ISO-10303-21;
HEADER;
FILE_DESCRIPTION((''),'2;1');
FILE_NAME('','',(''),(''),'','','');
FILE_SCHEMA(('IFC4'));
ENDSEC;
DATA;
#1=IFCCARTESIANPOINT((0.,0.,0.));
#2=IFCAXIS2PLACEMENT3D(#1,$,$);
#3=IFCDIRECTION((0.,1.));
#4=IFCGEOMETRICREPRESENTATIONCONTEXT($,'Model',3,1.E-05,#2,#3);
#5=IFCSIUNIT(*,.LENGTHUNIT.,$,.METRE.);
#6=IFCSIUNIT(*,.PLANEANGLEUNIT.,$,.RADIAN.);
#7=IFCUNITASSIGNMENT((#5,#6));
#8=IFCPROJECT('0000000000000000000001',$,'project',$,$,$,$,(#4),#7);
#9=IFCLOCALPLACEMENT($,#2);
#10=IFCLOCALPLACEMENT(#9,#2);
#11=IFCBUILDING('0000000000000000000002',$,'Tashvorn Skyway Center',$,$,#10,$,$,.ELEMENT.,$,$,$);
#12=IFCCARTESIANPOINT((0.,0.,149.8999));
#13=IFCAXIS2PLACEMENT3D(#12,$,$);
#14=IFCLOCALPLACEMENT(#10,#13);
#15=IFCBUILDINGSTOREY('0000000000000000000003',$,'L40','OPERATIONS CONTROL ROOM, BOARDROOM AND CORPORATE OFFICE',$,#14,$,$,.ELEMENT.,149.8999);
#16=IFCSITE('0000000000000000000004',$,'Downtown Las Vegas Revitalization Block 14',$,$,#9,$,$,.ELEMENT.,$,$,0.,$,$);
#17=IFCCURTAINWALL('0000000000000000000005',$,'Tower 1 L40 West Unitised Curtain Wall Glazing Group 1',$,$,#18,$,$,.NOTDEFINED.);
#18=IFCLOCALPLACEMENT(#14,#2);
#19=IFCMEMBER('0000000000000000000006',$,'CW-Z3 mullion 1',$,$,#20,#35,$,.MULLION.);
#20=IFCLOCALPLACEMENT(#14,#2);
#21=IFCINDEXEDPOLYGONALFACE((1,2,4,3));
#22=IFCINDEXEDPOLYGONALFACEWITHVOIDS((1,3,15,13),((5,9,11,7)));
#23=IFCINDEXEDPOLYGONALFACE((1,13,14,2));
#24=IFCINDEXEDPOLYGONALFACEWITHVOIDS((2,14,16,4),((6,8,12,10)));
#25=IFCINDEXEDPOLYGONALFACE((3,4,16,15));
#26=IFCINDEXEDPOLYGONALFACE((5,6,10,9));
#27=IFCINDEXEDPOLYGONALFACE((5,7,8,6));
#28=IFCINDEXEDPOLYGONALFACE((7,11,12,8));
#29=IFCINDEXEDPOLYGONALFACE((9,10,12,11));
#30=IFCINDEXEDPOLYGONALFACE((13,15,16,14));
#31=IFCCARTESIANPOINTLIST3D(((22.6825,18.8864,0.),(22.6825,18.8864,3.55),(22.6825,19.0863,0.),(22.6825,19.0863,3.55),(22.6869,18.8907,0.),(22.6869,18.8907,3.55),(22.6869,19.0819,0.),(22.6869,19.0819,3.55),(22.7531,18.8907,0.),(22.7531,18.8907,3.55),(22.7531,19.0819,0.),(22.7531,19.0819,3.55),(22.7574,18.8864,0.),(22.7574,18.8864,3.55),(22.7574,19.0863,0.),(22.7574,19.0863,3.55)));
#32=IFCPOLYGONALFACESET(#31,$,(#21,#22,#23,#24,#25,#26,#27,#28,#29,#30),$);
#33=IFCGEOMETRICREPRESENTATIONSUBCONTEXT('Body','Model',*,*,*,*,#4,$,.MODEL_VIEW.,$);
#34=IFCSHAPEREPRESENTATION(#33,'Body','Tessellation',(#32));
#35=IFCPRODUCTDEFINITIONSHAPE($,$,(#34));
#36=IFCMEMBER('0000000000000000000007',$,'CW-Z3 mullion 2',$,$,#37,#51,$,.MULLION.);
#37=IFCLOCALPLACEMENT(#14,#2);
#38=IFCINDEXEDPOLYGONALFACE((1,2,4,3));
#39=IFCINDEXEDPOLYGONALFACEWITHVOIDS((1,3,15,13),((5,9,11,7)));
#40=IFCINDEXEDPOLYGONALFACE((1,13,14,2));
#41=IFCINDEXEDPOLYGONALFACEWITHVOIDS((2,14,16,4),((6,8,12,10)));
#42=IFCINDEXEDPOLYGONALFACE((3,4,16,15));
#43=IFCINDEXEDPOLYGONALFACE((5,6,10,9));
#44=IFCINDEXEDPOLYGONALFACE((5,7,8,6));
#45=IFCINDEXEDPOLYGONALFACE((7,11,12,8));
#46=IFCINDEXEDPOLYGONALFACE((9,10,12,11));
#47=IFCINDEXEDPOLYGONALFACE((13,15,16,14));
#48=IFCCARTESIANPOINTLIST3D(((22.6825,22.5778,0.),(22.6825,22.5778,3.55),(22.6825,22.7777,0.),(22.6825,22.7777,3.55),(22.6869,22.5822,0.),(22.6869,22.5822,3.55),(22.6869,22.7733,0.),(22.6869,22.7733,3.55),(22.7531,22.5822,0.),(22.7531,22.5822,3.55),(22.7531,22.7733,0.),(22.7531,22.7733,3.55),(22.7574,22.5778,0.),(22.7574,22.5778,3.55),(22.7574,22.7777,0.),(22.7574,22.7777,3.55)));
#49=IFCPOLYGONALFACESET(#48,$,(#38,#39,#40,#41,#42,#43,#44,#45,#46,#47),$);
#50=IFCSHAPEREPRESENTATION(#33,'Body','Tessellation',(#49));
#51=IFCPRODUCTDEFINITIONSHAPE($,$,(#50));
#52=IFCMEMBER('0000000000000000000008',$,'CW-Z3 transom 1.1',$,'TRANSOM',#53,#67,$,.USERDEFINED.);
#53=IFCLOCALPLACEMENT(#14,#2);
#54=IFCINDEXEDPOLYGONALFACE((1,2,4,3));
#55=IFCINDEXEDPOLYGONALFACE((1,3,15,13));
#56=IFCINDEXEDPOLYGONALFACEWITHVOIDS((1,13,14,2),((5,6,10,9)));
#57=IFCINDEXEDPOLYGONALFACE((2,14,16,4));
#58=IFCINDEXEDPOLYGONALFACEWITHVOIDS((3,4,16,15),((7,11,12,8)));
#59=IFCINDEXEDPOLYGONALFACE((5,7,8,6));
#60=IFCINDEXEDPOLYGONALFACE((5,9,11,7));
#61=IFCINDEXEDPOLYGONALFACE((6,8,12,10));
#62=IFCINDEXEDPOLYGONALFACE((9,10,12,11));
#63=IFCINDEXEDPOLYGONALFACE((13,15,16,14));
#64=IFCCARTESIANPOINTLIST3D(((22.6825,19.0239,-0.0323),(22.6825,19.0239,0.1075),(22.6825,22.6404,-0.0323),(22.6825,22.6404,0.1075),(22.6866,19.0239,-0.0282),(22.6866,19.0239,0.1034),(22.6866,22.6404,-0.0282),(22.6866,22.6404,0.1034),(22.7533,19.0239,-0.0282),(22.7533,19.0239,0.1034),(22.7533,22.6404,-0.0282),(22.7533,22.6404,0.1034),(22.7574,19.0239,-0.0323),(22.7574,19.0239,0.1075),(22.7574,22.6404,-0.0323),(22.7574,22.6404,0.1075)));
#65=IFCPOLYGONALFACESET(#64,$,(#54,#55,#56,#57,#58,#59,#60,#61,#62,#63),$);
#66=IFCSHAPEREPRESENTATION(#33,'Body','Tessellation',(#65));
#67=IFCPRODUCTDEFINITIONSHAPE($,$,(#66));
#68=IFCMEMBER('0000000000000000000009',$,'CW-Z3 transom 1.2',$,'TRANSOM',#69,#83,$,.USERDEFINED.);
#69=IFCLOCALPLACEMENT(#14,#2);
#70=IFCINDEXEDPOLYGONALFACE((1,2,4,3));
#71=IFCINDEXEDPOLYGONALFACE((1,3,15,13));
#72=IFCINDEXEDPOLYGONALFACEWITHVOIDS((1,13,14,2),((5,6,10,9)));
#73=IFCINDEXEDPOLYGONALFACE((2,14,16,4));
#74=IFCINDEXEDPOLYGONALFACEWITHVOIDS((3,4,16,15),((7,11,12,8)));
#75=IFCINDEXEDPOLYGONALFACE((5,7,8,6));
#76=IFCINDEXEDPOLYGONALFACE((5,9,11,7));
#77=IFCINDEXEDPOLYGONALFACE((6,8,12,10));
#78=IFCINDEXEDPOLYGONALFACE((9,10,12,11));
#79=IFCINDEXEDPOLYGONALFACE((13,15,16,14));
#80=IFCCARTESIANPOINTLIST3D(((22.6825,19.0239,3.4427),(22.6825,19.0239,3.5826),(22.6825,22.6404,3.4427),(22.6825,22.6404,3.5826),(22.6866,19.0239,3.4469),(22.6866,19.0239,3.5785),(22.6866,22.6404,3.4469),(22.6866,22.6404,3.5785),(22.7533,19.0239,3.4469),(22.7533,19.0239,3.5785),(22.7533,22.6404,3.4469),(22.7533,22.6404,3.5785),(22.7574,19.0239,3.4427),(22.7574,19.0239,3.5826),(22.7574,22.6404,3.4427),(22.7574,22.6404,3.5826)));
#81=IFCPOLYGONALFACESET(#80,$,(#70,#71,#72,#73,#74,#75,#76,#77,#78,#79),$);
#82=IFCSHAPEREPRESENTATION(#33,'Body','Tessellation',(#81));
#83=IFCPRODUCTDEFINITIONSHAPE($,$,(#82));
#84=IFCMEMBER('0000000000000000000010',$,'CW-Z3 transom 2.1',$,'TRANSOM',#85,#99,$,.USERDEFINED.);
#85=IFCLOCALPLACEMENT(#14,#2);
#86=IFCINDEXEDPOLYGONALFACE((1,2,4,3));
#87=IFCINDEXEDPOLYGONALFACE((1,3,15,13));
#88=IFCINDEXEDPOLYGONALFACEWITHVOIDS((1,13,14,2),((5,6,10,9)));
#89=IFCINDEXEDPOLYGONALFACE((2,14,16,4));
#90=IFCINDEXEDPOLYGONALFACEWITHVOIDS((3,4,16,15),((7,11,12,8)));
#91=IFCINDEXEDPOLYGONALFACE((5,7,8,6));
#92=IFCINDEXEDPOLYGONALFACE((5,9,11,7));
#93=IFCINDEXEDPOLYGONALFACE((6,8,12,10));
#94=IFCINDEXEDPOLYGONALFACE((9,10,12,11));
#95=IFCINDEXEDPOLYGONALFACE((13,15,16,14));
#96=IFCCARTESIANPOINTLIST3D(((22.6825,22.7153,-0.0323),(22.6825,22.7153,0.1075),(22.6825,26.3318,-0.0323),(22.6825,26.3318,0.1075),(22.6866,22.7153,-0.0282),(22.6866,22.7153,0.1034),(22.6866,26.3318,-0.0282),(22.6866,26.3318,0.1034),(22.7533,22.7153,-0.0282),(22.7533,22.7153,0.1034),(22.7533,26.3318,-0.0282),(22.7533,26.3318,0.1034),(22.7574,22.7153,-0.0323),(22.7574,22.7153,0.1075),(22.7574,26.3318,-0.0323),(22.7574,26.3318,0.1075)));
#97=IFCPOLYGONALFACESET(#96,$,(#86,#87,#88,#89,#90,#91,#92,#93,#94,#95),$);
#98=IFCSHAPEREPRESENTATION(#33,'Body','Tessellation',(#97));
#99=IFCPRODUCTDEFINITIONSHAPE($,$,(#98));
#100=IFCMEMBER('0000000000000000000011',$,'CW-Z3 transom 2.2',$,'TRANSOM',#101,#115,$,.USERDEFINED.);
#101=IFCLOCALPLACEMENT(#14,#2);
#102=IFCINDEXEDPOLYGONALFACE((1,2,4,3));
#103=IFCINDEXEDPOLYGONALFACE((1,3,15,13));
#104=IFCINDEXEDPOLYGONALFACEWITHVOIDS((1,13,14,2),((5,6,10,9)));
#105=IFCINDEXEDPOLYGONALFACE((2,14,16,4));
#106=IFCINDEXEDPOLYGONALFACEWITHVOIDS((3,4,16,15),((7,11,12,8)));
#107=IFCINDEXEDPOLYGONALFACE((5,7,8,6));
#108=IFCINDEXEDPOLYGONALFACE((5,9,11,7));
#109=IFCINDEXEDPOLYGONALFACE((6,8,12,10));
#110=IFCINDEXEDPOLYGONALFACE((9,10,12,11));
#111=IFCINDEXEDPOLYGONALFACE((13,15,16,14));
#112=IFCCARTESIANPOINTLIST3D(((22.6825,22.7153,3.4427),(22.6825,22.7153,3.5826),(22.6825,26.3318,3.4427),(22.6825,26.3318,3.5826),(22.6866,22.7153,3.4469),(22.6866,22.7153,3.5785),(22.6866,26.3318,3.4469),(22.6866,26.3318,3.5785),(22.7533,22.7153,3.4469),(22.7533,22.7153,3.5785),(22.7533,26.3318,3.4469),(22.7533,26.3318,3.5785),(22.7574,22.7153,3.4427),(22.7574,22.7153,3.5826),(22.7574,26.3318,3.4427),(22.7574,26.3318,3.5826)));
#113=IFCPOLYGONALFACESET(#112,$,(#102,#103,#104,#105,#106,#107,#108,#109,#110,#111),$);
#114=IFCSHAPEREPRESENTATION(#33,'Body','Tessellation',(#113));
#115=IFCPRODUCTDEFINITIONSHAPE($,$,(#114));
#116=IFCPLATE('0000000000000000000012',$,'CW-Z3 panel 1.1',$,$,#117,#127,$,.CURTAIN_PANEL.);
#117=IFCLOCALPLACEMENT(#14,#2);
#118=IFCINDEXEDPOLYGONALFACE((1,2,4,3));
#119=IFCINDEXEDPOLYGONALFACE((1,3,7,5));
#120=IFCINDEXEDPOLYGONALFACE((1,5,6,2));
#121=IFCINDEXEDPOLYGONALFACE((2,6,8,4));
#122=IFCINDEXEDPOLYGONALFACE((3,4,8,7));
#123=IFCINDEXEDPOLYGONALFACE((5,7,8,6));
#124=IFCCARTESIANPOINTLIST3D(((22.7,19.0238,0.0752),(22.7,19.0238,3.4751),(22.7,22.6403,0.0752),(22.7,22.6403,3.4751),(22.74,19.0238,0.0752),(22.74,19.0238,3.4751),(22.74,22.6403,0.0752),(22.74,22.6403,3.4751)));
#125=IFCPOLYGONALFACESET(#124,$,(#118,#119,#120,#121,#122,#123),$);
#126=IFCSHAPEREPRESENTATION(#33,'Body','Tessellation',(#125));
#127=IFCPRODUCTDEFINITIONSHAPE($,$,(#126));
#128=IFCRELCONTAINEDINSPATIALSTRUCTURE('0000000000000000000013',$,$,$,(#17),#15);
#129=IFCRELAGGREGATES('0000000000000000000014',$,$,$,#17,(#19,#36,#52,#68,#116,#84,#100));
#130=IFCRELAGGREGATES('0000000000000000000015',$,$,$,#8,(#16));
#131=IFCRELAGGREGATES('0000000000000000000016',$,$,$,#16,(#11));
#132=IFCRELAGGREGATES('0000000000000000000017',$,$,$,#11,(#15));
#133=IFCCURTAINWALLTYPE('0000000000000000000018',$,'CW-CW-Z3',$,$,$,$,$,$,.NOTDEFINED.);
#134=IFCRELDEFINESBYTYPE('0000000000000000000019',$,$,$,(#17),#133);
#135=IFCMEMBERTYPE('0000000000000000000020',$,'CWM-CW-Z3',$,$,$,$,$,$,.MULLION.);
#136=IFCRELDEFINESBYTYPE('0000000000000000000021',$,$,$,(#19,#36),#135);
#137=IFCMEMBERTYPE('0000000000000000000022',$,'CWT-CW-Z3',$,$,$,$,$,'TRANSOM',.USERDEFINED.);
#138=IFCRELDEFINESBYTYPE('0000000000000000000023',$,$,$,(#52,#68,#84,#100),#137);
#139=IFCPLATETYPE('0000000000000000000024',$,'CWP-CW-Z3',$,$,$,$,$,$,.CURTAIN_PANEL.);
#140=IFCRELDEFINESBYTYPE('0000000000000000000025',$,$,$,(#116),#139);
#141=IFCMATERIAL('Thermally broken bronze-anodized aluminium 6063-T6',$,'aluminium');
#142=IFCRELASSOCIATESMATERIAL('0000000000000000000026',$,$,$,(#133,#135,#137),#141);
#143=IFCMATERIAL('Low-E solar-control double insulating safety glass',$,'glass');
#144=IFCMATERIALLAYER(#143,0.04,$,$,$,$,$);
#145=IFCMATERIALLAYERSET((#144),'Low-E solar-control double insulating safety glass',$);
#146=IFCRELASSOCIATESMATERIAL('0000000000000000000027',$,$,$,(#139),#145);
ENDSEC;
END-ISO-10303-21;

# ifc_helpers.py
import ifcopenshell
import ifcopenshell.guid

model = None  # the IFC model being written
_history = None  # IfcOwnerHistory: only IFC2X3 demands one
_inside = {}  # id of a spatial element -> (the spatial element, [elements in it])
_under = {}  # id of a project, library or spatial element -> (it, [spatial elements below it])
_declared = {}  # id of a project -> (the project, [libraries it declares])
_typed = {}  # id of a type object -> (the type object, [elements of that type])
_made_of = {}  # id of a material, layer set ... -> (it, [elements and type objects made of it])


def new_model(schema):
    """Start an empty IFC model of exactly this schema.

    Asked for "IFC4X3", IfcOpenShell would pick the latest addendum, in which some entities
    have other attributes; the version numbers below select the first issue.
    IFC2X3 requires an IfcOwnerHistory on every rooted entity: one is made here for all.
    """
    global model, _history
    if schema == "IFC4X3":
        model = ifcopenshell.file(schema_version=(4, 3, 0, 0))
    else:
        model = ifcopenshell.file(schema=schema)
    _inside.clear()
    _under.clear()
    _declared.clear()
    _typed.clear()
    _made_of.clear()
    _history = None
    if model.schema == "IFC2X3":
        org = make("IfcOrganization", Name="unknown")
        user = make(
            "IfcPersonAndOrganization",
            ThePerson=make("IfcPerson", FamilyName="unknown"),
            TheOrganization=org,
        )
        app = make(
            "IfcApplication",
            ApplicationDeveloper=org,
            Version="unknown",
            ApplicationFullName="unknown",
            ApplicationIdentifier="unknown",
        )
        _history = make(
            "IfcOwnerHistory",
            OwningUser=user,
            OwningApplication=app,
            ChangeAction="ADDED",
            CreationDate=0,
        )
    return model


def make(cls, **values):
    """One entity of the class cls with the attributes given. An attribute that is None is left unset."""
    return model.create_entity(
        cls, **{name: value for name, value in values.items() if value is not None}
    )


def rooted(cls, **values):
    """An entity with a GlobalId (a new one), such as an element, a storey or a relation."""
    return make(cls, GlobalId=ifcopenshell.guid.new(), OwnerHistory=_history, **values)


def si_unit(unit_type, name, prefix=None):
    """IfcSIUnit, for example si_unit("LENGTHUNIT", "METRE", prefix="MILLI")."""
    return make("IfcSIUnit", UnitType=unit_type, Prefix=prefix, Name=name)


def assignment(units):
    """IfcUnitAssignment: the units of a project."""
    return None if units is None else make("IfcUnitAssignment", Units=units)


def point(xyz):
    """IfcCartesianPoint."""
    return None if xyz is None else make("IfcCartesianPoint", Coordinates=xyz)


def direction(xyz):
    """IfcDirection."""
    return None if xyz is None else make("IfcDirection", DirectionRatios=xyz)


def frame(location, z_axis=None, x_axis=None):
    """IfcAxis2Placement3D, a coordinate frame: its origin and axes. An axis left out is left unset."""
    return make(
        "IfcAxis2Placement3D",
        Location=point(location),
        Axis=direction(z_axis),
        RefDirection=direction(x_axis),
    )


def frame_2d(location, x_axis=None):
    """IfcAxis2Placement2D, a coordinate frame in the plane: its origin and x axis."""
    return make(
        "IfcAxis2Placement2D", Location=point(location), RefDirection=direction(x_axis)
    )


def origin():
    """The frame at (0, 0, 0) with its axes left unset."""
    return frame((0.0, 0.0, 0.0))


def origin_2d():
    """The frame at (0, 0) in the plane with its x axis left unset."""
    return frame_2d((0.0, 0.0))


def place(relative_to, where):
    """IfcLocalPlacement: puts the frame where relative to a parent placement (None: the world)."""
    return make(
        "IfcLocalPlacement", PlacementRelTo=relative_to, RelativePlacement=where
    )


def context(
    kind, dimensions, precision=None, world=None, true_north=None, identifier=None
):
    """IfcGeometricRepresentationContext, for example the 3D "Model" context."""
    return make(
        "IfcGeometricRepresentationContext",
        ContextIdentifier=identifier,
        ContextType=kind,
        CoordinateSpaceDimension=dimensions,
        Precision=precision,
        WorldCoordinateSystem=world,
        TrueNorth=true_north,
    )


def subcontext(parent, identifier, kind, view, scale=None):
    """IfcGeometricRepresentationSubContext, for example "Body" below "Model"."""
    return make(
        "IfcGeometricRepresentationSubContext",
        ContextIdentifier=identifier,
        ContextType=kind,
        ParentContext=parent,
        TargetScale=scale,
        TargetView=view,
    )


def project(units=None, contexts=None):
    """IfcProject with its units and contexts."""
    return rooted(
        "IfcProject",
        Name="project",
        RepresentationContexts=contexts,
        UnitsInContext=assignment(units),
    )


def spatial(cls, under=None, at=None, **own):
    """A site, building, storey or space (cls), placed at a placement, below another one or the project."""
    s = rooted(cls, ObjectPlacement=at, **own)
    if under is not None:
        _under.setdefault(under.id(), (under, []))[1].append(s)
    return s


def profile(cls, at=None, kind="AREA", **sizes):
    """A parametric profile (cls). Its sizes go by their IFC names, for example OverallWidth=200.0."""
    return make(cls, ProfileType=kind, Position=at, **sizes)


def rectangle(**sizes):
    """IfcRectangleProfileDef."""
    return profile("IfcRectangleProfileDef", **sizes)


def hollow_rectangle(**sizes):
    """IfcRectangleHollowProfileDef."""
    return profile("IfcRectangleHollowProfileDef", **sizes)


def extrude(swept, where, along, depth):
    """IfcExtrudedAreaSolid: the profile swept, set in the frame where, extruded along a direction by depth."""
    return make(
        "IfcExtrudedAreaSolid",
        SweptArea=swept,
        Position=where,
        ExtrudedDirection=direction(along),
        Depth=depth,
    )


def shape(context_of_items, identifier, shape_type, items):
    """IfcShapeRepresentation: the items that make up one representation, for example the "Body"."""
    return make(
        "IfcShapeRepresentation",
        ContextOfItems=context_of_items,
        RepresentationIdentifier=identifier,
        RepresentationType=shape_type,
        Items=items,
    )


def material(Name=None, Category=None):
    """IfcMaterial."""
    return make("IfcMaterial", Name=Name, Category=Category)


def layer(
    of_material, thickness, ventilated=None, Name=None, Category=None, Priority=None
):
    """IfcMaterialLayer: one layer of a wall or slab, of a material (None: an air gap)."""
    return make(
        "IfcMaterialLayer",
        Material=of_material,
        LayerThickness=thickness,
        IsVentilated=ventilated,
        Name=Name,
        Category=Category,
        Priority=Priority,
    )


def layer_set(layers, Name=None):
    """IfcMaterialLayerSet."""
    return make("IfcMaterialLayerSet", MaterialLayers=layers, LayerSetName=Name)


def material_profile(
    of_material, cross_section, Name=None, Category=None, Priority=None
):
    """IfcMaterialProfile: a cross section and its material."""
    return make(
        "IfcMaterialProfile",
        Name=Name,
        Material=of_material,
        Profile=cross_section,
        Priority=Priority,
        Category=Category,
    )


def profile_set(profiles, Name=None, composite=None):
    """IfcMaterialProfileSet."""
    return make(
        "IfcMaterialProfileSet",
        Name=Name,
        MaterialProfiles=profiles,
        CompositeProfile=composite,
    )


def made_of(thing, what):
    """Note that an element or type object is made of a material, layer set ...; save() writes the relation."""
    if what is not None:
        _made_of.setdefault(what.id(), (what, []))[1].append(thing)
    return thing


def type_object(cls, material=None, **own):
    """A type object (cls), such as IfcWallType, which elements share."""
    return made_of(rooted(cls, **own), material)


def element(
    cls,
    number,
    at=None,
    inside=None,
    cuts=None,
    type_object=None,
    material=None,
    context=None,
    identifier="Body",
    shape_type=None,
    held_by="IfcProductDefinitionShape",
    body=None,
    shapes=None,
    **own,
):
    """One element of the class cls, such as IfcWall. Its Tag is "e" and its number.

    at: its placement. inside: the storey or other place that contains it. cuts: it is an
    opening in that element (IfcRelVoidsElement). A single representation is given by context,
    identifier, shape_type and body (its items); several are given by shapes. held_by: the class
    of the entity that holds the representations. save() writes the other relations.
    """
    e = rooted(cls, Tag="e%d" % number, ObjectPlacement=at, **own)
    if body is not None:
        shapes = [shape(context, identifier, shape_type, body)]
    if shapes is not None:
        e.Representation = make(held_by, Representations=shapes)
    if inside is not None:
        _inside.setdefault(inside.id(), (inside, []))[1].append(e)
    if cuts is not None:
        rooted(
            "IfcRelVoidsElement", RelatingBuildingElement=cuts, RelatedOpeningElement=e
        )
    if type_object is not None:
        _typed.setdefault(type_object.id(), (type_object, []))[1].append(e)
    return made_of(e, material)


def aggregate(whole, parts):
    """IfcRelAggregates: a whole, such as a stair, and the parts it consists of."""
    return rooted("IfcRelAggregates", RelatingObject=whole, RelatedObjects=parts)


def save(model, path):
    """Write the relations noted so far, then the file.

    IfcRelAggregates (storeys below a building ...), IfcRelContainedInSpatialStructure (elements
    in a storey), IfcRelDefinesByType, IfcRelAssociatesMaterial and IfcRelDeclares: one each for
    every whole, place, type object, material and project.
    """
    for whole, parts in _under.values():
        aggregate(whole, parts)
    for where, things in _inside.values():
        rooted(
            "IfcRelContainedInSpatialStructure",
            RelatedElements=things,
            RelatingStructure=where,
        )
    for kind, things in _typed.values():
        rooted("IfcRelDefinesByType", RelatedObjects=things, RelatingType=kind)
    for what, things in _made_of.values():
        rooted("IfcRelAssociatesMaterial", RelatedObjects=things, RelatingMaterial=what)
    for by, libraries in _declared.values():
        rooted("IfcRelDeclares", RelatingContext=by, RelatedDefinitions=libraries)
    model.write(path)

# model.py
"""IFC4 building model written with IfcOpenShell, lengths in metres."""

from ifc_helpers import new_model, si_unit, direction, frame, origin, origin_2d, place, context, subcontext, project, spatial, rectangle, hollow_rectangle, extrude, material, layer, layer_set, material_profile, profile_set, type_object, element, aggregate, save


model = new_model("IFC4")

# Units and contexts
model_context = context("Model", 3, precision=1e-05, world=origin(), true_north=direction((0.0, 1.0)))
body_context = subcontext(model_context, "Body", "Model", "MODEL_VIEW")
ifc_project = project(units=[si_unit("LENGTHUNIT", "METRE"), si_unit("PLANEANGLEUNIT", "RADIAN")], contexts=[model_context])

# Site, building, storey
site_placement = place(None, origin())
site = spatial("IfcSite", under=ifc_project, at=site_placement, Name="Downtown Las Vegas Revitalization Block 14", CompositionType="ELEMENT", RefElevation=0.0)
building_placement = place(site_placement, origin())
building = spatial("IfcBuilding", under=site, at=building_placement, Name="Tashvorn Skyway Center", CompositionType="ELEMENT")
storey_placement = place(building_placement, frame((0.0, 0.0, 149.8999)))
storey = spatial("IfcBuildingStorey", under=building, at=storey_placement, Name="L40", Description="OPERATIONS CONTROL ROOM, BOARDROOM AND CORPORATE OFFICE", CompositionType="ELEMENT", Elevation=149.8999)

# Curtain wall, members, plate
ifc_material_1 = material(Name="Thermally broken bronze-anodized aluminium 6063-T6", Category="aluminium")
curtain_wall_type = type_object("IfcCurtainWallType", Name="CW-CW-Z3", PredefinedType="NOTDEFINED", material=ifc_material_1)
curtain_wall_placement = place(storey_placement, origin())
curtain_wall = element("IfcCurtainWall", 1, at=curtain_wall_placement, inside=storey, type_object=curtain_wall_type, Name="Tower 1 L40 West Unitised Curtain Wall Glazing Group 1", PredefinedType="NOTDEFINED")
ifc_material_profile_1 = material_profile(ifc_material_1, hollow_rectangle(XDim=0.075, YDim=0.2, WallThickness=0.0044, at=origin_2d()), Name="ALU-MULL-75x200")
ifc_profile_set_1 = profile_set([ifc_material_profile_1], Name="Thermally broken bronze-anodized aluminium 6063-T6")
member_type_1 = type_object("IfcMemberType", Name="CWM-CW-Z3", PredefinedType="MULLION", material=ifc_profile_set_1)
member_1_placement = place(storey_placement, frame((22.72, 18.9863, 0.0), z_axis=(0.0, 0.0, 1.0), x_axis=(-1.0, 0.0, 0.0)))
member_1 = element("IfcMember", 2, at=member_1_placement, type_object=member_type_1, Name="CW-Z3 mullion 1", PredefinedType="MULLION", context=body_context, shape_type="SweptSolid", body=[
    extrude(hollow_rectangle(XDim=0.075, YDim=0.2, WallThickness=0.0044, at=origin_2d()), origin(), (0.0, 0.0, 1.0), 3.55),
])
member_2_placement = place(storey_placement, frame((22.72, 22.6777, 0.0), z_axis=(0.0, 0.0, 1.0), x_axis=(-1.0, 0.0, 0.0)))
member_2 = element("IfcMember", 3, at=member_2_placement, type_object=member_type_1, Name="CW-Z3 mullion 2", PredefinedType="MULLION", context=body_context, shape_type="SweptSolid", body=[
    extrude(hollow_rectangle(XDim=0.075, YDim=0.2, WallThickness=0.0044, at=origin_2d()), origin(), (0.0, 0.0, 1.0), 3.55),
])
ifc_material_profile_2 = material_profile(ifc_material_1, hollow_rectangle(XDim=0.075, YDim=0.1399, WallThickness=0.0042, at=origin_2d()), Name="ALU-TRAN-75x140")
ifc_profile_set_2 = profile_set([ifc_material_profile_2], Name="Thermally broken bronze-anodized aluminium 6063-T6")
member_type_2 = type_object("IfcMemberType", Name="CWT-CW-Z3", ElementType="TRANSOM", PredefinedType="USERDEFINED", material=ifc_profile_set_2)
member_3_placement = place(storey_placement, frame((22.72, 19.0239, 0.0376), z_axis=(0.0, 1.0, 0.0), x_axis=(-1.0, 0.0, 0.0)))
member_3 = element("IfcMember", 4, at=member_3_placement, type_object=member_type_2, Name="CW-Z3 transom 1.1", ObjectType="TRANSOM", PredefinedType="USERDEFINED", context=body_context, shape_type="SweptSolid", body=[
    extrude(hollow_rectangle(XDim=0.075, YDim=0.1399, WallThickness=0.0042, at=origin_2d()), origin(), (0.0, 0.0, 1.0), 3.6165),
])
member_4_placement = place(storey_placement, frame((22.72, 19.0239, 3.5127), z_axis=(0.0, 1.0, 0.0), x_axis=(-1.0, 0.0, 0.0)))
member_4 = element("IfcMember", 5, at=member_4_placement, type_object=member_type_2, Name="CW-Z3 transom 1.2", ObjectType="TRANSOM", PredefinedType="USERDEFINED", context=body_context, shape_type="SweptSolid", body=[
    extrude(hollow_rectangle(XDim=0.075, YDim=0.1399, WallThickness=0.0042, at=origin_2d()), origin(), (0.0, 0.0, 1.0), 3.6165),
])
member_5_placement = place(storey_placement, frame((22.72, 22.7153, 0.0376), z_axis=(0.0, 1.0, 0.0), x_axis=(-1.0, 0.0, 0.0)))
member_5 = element("IfcMember", 6, at=member_5_placement, type_object=member_type_2, Name="CW-Z3 transom 2.1", ObjectType="TRANSOM", PredefinedType="USERDEFINED", context=body_context, shape_type="SweptSolid", body=[
    extrude(hollow_rectangle(XDim=0.075, YDim=0.1399, WallThickness=0.0042, at=origin_2d()), origin(), (0.0, 0.0, 1.0), 3.6165),
])
member_6_placement = place(storey_placement, frame((22.72, 22.7153, 3.5127), z_axis=(0.0, 1.0, 0.0), x_axis=(-1.0, 0.0, 0.0)))
member_6 = element("IfcMember", 7, at=member_6_placement, type_object=member_type_2, Name="CW-Z3 transom 2.2", ObjectType="TRANSOM", PredefinedType="USERDEFINED", context=body_context, shape_type="SweptSolid", body=[
    extrude(hollow_rectangle(XDim=0.075, YDim=0.1399, WallThickness=0.0042, at=origin_2d()), origin(), (0.0, 0.0, 1.0), 3.6165),
])
ifc_material_2 = material(Name="Low-E solar-control double insulating safety glass", Category="glass")
ifc_layer_1 = layer(ifc_material_2, 0.04)
ifc_layer_set_1 = layer_set([ifc_layer_1], Name="Low-E solar-control double insulating safety glass")
plate_type = type_object("IfcPlateType", Name="CWP-CW-Z3", PredefinedType="CURTAIN_PANEL", material=ifc_layer_set_1)
plate_placement = place(storey_placement, frame((22.72, 20.832, 0.0752), z_axis=(0.0, 0.0, 1.0), x_axis=(0.0, 1.0, 0.0)))
plate = element("IfcPlate", 8, at=plate_placement, type_object=plate_type, Name="CW-Z3 panel 1.1", PredefinedType="CURTAIN_PANEL", context=body_context, shape_type="SweptSolid", body=[
    extrude(rectangle(XDim=3.6165, YDim=0.04, at=origin_2d()), origin(), (0.0, 0.0, 1.0), 3.3999),
])
aggregate(curtain_wall, [member_1, member_2, member_3, member_4, plate, member_5, member_6])

save(model, "model.ifc")
